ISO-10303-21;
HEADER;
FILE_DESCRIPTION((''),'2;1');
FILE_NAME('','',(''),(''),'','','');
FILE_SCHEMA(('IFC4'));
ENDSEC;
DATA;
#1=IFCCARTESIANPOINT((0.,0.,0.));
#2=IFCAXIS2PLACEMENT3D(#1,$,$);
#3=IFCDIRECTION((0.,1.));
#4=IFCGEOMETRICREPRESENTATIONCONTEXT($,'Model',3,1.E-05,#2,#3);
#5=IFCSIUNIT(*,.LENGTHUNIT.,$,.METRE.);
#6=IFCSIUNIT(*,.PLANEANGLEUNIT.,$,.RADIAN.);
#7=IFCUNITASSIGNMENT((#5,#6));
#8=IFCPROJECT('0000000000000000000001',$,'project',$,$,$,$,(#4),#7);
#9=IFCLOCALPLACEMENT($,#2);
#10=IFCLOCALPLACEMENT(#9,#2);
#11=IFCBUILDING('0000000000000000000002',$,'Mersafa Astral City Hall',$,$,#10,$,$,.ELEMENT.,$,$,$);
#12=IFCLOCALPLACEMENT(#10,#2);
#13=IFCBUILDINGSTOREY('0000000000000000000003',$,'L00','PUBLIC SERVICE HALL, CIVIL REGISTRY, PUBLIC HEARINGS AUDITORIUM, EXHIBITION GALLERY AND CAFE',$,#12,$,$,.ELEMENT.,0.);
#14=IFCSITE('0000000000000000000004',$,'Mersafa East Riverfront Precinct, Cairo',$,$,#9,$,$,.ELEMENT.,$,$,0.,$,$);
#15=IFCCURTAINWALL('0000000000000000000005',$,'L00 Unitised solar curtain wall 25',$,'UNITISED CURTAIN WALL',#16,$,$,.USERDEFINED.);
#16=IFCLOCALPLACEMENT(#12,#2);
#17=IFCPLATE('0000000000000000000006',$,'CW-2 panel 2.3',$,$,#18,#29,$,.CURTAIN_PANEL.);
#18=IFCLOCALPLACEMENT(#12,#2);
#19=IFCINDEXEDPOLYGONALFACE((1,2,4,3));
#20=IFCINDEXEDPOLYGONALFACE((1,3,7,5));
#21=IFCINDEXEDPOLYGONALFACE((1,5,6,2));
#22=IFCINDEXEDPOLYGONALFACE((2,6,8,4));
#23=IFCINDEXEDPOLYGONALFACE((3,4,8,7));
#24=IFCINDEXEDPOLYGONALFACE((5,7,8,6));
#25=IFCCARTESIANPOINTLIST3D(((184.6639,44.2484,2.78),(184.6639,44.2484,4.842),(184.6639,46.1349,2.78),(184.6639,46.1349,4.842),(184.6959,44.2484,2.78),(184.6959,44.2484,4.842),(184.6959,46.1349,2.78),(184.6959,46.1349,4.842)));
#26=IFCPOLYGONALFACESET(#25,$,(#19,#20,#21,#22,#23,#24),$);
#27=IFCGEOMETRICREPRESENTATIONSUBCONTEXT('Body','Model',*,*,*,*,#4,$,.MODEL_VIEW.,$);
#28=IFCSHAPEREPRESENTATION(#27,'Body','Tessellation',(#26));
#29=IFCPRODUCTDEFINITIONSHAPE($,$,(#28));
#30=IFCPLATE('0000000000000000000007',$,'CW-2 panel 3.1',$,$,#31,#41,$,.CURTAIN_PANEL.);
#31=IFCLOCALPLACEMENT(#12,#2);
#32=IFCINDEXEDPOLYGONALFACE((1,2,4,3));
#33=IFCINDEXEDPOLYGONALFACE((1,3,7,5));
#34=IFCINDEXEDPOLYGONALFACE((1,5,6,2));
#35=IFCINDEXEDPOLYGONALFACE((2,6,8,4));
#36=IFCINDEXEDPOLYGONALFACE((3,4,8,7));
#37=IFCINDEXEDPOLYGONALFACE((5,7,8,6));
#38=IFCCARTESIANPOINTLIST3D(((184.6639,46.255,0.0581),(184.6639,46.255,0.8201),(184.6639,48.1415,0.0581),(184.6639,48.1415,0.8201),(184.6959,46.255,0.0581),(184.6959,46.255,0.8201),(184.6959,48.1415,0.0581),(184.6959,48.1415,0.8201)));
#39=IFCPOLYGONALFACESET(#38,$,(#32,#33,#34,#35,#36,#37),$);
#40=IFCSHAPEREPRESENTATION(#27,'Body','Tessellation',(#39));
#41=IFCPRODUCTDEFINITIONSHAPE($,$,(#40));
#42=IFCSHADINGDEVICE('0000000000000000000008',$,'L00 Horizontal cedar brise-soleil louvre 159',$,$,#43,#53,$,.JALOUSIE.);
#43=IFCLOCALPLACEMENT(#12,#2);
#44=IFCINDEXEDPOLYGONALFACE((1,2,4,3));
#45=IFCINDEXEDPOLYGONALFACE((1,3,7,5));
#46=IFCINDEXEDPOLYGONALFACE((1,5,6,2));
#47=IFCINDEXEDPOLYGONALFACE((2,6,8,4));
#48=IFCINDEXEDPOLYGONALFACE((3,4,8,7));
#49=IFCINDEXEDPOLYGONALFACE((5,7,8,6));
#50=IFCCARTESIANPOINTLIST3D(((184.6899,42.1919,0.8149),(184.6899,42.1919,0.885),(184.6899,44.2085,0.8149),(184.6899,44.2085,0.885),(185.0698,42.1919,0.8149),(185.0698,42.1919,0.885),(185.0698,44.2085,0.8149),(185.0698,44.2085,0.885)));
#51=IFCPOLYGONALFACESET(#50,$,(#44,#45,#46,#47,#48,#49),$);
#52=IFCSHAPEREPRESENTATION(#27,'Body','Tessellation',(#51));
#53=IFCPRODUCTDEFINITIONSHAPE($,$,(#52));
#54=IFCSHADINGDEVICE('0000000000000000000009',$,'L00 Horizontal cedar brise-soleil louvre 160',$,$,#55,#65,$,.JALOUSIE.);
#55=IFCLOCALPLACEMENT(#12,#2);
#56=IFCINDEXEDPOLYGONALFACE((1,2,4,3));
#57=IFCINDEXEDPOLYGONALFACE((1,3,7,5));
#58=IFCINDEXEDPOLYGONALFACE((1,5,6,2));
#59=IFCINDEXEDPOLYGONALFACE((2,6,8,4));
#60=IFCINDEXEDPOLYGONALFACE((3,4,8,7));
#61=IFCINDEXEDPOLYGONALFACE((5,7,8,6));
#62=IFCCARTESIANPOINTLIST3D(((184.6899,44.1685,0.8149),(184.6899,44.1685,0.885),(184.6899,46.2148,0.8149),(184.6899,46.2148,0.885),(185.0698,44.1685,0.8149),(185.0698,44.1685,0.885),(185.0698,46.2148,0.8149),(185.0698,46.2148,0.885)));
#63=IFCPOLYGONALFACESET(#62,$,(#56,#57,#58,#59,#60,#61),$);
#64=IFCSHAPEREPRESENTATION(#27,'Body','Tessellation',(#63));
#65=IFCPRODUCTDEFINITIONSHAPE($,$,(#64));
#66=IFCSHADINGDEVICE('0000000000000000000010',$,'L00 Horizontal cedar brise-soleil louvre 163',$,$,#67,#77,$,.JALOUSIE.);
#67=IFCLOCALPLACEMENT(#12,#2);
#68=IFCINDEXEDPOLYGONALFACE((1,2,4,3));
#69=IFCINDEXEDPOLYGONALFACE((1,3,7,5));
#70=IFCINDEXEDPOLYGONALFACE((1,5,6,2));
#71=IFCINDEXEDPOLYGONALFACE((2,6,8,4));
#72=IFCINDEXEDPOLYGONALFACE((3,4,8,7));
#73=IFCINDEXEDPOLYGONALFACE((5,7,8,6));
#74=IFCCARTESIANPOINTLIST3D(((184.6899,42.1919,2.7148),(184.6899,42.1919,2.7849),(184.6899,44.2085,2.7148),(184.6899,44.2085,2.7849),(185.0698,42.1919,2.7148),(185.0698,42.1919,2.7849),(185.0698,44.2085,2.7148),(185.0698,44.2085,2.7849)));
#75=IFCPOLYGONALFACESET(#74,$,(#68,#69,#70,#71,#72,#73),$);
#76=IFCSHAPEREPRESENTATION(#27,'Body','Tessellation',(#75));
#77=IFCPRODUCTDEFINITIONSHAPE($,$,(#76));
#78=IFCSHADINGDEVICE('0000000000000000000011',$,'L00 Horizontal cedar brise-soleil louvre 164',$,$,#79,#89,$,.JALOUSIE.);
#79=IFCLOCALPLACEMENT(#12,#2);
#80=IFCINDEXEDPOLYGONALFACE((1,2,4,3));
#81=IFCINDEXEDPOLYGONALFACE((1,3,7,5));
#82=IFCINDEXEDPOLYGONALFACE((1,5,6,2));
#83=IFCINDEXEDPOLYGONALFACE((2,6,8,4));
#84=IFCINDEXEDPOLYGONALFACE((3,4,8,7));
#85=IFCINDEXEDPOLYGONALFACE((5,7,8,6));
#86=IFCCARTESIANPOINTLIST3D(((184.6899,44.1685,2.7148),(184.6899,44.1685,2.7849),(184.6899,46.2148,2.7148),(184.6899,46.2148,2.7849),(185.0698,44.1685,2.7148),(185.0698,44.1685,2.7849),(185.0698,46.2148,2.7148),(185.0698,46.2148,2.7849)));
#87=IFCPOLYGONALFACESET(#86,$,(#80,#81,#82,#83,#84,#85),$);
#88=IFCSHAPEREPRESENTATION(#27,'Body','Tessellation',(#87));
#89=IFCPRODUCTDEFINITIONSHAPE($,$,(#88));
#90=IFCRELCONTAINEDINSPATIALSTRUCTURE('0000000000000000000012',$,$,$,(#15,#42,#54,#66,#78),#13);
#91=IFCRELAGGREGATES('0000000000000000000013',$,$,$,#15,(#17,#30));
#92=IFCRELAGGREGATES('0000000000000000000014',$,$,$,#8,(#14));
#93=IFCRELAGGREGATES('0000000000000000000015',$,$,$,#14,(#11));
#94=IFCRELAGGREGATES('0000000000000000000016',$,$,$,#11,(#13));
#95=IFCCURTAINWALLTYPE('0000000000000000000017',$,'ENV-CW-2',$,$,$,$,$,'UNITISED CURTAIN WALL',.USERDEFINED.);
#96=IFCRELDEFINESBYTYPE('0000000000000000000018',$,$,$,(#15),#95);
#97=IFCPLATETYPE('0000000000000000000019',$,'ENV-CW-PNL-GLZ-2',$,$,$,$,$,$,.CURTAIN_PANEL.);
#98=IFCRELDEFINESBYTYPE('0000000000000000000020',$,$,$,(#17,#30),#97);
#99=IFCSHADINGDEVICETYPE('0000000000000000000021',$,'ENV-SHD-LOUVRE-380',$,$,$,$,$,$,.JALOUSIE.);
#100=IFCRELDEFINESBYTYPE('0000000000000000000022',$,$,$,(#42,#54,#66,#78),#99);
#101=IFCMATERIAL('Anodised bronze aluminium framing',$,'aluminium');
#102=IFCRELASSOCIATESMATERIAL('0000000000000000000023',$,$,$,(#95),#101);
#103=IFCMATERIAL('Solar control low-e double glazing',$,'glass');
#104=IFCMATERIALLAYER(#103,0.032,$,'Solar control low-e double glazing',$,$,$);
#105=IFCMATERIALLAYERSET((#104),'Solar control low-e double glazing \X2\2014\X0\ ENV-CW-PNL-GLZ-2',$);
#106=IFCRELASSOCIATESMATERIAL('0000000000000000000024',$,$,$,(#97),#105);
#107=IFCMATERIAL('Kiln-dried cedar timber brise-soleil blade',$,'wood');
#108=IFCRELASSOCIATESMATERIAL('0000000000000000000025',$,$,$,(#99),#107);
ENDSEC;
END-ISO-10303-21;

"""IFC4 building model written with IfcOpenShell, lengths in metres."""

from ifc_helpers import new_model, si_unit, direction, frame, origin, origin_2d, place, context, subcontext, project, spatial, rectangle, extrude, material, layer, layer_set, type_object, element, aggregate, save


model = new_model("IFC4")

# Units and contexts
model_context = context("Model", 3, precision=1e-05, world=origin(), true_north=direction((0.0, 1.0)))
body_context = subcontext(model_context, "Body", "Model", "MODEL_VIEW")
ifc_project = project(units=[si_unit("LENGTHUNIT", "METRE"), si_unit("PLANEANGLEUNIT", "RADIAN")], contexts=[model_context])

# Site, building, storey
site_placement = place(None, origin())
site = spatial("IfcSite", under=ifc_project, at=site_placement, Name="Mersafa East Riverfront Precinct, Cairo", CompositionType="ELEMENT", RefElevation=0.0)
building_placement = place(site_placement, origin())
building = spatial("IfcBuilding", under=site, at=building_placement, Name="Mersafa Astral City Hall", CompositionType="ELEMENT")
storey_placement = place(building_placement, origin())
storey = spatial("IfcBuildingStorey", under=building, at=storey_placement, Name="L00", Description="PUBLIC SERVICE HALL, CIVIL REGISTRY, PUBLIC HEARINGS AUDITORIUM, EXHIBITION GALLERY AND CAFE", CompositionType="ELEMENT", Elevation=0.0)

# Curtain wall
ifc_material_1 = material(Name="Anodised bronze aluminium framing", Category="aluminium")
curtain_wall_type = type_object("IfcCurtainWallType", Name="ENV-CW-2", ElementType="UNITISED CURTAIN WALL", PredefinedType="USERDEFINED", material=ifc_material_1)
curtain_wall_placement = place(storey_placement, origin())
curtain_wall = element("IfcCurtainWall", 1, at=curtain_wall_placement, inside=storey, type_object=curtain_wall_type, Name="L00 Unitised solar curtain wall 25", ObjectType="UNITISED CURTAIN WALL", PredefinedType="USERDEFINED")

# Plates
ifc_material_2 = material(Name="Solar control low-e double glazing", Category="glass")
ifc_layer = layer(ifc_material_2, 0.032, Name="Solar control low-e double glazing")
ifc_layer_set = layer_set([ifc_layer], Name="Solar control low-e double glazing — ENV-CW-PNL-GLZ-2")
plate_type = type_object("IfcPlateType", Name="ENV-CW-PNL-GLZ-2", PredefinedType="CURTAIN_PANEL", material=ifc_layer_set)
plate_1_placement = place(storey_placement, frame((184.6799, 45.1917, 2.78), z_axis=(0.0, 0.0, 1.0), x_axis=(0.0, 1.0, 0.0)))
plate_1 = element("IfcPlate", 2, at=plate_1_placement, type_object=plate_type, Name="CW-2 panel 2.3", PredefinedType="CURTAIN_PANEL", context=body_context, shape_type="SweptSolid", body=[
    extrude(rectangle(XDim=1.8865, YDim=0.032, at=origin_2d()), origin(), (0.0, 0.0, 1.0), 2.062),
])
plate_2_placement = place(storey_placement, frame((184.6799, 47.1982, 0.0581), z_axis=(0.0, 0.0, 1.0), x_axis=(0.0, 1.0, 0.0)))
plate_2 = element("IfcPlate", 3, at=plate_2_placement, type_object=plate_type, Name="CW-2 panel 3.1", PredefinedType="CURTAIN_PANEL", context=body_context, shape_type="SweptSolid", body=[
    extrude(rectangle(XDim=1.8865, YDim=0.032, at=origin_2d()), origin(), (0.0, 0.0, 1.0), 0.762),
])
aggregate(curtain_wall, [plate_1, plate_2])

# Shading devices
ifc_material_3 = material(Name="Kiln-dried cedar timber brise-soleil blade", Category="wood")
shading_device_type = type_object("IfcShadingDeviceType", Name="ENV-SHD-LOUVRE-380", PredefinedType="JALOUSIE", material=ifc_material_3)
shading_device_1_placement = place(storey_placement, frame((184.8799, 43.2002, 0.8149), z_axis=(0.0, 0.0, 1.0), x_axis=(0.0, 1.0, 0.0)))
element("IfcShadingDevice", 4, at=shading_device_1_placement, inside=storey, type_object=shading_device_type, Name="L00 Horizontal cedar brise-soleil louvre 159", PredefinedType="JALOUSIE", context=body_context, shape_type="SweptSolid", body=[
    extrude(rectangle(XDim=2.0166, YDim=0.3799, at=origin_2d()), origin(), (0.0, 0.0, 1.0), 0.0701),
])
shading_device_2_placement = place(storey_placement, frame((184.8799, 45.1917, 0.8149), z_axis=(0.0, 0.0, 1.0), x_axis=(0.0, 1.0, 0.0)))
element("IfcShadingDevice", 5, at=shading_device_2_placement, inside=storey, type_object=shading_device_type, Name="L00 Horizontal cedar brise-soleil louvre 160", PredefinedType="JALOUSIE", context=body_context, shape_type="SweptSolid", body=[
    extrude(rectangle(XDim=2.0464, YDim=0.3799, at=origin_2d()), origin(), (0.0, 0.0, 1.0), 0.0701),
])
shading_device_3_placement = place(storey_placement, frame((184.8799, 43.2002, 2.7148), z_axis=(0.0, 0.0, 1.0), x_axis=(0.0, 1.0, 0.0)))
element("IfcShadingDevice", 6, at=shading_device_3_placement, inside=storey, type_object=shading_device_type, Name="L00 Horizontal cedar brise-soleil louvre 163", PredefinedType="JALOUSIE", context=body_context, shape_type="SweptSolid", body=[
    extrude(rectangle(XDim=2.0166, YDim=0.3799, at=origin_2d()), origin(), (0.0, 0.0, 1.0), 0.0701),
])
shading_device_4_placement = place(storey_placement, frame((184.8799, 45.1917, 2.7148), z_axis=(0.0, 0.0, 1.0), x_axis=(0.0, 1.0, 0.0)))
element("IfcShadingDevice", 7, at=shading_device_4_placement, inside=storey, type_object=shading_device_type, Name="L00 Horizontal cedar brise-soleil louvre 164", PredefinedType="JALOUSIE", context=body_context, shape_type="SweptSolid", body=[
    extrude(rectangle(XDim=2.0464, YDim=0.3799, at=origin_2d()), origin(), (0.0, 0.0, 1.0), 0.0701),
])

save(model, "model.ifc")
